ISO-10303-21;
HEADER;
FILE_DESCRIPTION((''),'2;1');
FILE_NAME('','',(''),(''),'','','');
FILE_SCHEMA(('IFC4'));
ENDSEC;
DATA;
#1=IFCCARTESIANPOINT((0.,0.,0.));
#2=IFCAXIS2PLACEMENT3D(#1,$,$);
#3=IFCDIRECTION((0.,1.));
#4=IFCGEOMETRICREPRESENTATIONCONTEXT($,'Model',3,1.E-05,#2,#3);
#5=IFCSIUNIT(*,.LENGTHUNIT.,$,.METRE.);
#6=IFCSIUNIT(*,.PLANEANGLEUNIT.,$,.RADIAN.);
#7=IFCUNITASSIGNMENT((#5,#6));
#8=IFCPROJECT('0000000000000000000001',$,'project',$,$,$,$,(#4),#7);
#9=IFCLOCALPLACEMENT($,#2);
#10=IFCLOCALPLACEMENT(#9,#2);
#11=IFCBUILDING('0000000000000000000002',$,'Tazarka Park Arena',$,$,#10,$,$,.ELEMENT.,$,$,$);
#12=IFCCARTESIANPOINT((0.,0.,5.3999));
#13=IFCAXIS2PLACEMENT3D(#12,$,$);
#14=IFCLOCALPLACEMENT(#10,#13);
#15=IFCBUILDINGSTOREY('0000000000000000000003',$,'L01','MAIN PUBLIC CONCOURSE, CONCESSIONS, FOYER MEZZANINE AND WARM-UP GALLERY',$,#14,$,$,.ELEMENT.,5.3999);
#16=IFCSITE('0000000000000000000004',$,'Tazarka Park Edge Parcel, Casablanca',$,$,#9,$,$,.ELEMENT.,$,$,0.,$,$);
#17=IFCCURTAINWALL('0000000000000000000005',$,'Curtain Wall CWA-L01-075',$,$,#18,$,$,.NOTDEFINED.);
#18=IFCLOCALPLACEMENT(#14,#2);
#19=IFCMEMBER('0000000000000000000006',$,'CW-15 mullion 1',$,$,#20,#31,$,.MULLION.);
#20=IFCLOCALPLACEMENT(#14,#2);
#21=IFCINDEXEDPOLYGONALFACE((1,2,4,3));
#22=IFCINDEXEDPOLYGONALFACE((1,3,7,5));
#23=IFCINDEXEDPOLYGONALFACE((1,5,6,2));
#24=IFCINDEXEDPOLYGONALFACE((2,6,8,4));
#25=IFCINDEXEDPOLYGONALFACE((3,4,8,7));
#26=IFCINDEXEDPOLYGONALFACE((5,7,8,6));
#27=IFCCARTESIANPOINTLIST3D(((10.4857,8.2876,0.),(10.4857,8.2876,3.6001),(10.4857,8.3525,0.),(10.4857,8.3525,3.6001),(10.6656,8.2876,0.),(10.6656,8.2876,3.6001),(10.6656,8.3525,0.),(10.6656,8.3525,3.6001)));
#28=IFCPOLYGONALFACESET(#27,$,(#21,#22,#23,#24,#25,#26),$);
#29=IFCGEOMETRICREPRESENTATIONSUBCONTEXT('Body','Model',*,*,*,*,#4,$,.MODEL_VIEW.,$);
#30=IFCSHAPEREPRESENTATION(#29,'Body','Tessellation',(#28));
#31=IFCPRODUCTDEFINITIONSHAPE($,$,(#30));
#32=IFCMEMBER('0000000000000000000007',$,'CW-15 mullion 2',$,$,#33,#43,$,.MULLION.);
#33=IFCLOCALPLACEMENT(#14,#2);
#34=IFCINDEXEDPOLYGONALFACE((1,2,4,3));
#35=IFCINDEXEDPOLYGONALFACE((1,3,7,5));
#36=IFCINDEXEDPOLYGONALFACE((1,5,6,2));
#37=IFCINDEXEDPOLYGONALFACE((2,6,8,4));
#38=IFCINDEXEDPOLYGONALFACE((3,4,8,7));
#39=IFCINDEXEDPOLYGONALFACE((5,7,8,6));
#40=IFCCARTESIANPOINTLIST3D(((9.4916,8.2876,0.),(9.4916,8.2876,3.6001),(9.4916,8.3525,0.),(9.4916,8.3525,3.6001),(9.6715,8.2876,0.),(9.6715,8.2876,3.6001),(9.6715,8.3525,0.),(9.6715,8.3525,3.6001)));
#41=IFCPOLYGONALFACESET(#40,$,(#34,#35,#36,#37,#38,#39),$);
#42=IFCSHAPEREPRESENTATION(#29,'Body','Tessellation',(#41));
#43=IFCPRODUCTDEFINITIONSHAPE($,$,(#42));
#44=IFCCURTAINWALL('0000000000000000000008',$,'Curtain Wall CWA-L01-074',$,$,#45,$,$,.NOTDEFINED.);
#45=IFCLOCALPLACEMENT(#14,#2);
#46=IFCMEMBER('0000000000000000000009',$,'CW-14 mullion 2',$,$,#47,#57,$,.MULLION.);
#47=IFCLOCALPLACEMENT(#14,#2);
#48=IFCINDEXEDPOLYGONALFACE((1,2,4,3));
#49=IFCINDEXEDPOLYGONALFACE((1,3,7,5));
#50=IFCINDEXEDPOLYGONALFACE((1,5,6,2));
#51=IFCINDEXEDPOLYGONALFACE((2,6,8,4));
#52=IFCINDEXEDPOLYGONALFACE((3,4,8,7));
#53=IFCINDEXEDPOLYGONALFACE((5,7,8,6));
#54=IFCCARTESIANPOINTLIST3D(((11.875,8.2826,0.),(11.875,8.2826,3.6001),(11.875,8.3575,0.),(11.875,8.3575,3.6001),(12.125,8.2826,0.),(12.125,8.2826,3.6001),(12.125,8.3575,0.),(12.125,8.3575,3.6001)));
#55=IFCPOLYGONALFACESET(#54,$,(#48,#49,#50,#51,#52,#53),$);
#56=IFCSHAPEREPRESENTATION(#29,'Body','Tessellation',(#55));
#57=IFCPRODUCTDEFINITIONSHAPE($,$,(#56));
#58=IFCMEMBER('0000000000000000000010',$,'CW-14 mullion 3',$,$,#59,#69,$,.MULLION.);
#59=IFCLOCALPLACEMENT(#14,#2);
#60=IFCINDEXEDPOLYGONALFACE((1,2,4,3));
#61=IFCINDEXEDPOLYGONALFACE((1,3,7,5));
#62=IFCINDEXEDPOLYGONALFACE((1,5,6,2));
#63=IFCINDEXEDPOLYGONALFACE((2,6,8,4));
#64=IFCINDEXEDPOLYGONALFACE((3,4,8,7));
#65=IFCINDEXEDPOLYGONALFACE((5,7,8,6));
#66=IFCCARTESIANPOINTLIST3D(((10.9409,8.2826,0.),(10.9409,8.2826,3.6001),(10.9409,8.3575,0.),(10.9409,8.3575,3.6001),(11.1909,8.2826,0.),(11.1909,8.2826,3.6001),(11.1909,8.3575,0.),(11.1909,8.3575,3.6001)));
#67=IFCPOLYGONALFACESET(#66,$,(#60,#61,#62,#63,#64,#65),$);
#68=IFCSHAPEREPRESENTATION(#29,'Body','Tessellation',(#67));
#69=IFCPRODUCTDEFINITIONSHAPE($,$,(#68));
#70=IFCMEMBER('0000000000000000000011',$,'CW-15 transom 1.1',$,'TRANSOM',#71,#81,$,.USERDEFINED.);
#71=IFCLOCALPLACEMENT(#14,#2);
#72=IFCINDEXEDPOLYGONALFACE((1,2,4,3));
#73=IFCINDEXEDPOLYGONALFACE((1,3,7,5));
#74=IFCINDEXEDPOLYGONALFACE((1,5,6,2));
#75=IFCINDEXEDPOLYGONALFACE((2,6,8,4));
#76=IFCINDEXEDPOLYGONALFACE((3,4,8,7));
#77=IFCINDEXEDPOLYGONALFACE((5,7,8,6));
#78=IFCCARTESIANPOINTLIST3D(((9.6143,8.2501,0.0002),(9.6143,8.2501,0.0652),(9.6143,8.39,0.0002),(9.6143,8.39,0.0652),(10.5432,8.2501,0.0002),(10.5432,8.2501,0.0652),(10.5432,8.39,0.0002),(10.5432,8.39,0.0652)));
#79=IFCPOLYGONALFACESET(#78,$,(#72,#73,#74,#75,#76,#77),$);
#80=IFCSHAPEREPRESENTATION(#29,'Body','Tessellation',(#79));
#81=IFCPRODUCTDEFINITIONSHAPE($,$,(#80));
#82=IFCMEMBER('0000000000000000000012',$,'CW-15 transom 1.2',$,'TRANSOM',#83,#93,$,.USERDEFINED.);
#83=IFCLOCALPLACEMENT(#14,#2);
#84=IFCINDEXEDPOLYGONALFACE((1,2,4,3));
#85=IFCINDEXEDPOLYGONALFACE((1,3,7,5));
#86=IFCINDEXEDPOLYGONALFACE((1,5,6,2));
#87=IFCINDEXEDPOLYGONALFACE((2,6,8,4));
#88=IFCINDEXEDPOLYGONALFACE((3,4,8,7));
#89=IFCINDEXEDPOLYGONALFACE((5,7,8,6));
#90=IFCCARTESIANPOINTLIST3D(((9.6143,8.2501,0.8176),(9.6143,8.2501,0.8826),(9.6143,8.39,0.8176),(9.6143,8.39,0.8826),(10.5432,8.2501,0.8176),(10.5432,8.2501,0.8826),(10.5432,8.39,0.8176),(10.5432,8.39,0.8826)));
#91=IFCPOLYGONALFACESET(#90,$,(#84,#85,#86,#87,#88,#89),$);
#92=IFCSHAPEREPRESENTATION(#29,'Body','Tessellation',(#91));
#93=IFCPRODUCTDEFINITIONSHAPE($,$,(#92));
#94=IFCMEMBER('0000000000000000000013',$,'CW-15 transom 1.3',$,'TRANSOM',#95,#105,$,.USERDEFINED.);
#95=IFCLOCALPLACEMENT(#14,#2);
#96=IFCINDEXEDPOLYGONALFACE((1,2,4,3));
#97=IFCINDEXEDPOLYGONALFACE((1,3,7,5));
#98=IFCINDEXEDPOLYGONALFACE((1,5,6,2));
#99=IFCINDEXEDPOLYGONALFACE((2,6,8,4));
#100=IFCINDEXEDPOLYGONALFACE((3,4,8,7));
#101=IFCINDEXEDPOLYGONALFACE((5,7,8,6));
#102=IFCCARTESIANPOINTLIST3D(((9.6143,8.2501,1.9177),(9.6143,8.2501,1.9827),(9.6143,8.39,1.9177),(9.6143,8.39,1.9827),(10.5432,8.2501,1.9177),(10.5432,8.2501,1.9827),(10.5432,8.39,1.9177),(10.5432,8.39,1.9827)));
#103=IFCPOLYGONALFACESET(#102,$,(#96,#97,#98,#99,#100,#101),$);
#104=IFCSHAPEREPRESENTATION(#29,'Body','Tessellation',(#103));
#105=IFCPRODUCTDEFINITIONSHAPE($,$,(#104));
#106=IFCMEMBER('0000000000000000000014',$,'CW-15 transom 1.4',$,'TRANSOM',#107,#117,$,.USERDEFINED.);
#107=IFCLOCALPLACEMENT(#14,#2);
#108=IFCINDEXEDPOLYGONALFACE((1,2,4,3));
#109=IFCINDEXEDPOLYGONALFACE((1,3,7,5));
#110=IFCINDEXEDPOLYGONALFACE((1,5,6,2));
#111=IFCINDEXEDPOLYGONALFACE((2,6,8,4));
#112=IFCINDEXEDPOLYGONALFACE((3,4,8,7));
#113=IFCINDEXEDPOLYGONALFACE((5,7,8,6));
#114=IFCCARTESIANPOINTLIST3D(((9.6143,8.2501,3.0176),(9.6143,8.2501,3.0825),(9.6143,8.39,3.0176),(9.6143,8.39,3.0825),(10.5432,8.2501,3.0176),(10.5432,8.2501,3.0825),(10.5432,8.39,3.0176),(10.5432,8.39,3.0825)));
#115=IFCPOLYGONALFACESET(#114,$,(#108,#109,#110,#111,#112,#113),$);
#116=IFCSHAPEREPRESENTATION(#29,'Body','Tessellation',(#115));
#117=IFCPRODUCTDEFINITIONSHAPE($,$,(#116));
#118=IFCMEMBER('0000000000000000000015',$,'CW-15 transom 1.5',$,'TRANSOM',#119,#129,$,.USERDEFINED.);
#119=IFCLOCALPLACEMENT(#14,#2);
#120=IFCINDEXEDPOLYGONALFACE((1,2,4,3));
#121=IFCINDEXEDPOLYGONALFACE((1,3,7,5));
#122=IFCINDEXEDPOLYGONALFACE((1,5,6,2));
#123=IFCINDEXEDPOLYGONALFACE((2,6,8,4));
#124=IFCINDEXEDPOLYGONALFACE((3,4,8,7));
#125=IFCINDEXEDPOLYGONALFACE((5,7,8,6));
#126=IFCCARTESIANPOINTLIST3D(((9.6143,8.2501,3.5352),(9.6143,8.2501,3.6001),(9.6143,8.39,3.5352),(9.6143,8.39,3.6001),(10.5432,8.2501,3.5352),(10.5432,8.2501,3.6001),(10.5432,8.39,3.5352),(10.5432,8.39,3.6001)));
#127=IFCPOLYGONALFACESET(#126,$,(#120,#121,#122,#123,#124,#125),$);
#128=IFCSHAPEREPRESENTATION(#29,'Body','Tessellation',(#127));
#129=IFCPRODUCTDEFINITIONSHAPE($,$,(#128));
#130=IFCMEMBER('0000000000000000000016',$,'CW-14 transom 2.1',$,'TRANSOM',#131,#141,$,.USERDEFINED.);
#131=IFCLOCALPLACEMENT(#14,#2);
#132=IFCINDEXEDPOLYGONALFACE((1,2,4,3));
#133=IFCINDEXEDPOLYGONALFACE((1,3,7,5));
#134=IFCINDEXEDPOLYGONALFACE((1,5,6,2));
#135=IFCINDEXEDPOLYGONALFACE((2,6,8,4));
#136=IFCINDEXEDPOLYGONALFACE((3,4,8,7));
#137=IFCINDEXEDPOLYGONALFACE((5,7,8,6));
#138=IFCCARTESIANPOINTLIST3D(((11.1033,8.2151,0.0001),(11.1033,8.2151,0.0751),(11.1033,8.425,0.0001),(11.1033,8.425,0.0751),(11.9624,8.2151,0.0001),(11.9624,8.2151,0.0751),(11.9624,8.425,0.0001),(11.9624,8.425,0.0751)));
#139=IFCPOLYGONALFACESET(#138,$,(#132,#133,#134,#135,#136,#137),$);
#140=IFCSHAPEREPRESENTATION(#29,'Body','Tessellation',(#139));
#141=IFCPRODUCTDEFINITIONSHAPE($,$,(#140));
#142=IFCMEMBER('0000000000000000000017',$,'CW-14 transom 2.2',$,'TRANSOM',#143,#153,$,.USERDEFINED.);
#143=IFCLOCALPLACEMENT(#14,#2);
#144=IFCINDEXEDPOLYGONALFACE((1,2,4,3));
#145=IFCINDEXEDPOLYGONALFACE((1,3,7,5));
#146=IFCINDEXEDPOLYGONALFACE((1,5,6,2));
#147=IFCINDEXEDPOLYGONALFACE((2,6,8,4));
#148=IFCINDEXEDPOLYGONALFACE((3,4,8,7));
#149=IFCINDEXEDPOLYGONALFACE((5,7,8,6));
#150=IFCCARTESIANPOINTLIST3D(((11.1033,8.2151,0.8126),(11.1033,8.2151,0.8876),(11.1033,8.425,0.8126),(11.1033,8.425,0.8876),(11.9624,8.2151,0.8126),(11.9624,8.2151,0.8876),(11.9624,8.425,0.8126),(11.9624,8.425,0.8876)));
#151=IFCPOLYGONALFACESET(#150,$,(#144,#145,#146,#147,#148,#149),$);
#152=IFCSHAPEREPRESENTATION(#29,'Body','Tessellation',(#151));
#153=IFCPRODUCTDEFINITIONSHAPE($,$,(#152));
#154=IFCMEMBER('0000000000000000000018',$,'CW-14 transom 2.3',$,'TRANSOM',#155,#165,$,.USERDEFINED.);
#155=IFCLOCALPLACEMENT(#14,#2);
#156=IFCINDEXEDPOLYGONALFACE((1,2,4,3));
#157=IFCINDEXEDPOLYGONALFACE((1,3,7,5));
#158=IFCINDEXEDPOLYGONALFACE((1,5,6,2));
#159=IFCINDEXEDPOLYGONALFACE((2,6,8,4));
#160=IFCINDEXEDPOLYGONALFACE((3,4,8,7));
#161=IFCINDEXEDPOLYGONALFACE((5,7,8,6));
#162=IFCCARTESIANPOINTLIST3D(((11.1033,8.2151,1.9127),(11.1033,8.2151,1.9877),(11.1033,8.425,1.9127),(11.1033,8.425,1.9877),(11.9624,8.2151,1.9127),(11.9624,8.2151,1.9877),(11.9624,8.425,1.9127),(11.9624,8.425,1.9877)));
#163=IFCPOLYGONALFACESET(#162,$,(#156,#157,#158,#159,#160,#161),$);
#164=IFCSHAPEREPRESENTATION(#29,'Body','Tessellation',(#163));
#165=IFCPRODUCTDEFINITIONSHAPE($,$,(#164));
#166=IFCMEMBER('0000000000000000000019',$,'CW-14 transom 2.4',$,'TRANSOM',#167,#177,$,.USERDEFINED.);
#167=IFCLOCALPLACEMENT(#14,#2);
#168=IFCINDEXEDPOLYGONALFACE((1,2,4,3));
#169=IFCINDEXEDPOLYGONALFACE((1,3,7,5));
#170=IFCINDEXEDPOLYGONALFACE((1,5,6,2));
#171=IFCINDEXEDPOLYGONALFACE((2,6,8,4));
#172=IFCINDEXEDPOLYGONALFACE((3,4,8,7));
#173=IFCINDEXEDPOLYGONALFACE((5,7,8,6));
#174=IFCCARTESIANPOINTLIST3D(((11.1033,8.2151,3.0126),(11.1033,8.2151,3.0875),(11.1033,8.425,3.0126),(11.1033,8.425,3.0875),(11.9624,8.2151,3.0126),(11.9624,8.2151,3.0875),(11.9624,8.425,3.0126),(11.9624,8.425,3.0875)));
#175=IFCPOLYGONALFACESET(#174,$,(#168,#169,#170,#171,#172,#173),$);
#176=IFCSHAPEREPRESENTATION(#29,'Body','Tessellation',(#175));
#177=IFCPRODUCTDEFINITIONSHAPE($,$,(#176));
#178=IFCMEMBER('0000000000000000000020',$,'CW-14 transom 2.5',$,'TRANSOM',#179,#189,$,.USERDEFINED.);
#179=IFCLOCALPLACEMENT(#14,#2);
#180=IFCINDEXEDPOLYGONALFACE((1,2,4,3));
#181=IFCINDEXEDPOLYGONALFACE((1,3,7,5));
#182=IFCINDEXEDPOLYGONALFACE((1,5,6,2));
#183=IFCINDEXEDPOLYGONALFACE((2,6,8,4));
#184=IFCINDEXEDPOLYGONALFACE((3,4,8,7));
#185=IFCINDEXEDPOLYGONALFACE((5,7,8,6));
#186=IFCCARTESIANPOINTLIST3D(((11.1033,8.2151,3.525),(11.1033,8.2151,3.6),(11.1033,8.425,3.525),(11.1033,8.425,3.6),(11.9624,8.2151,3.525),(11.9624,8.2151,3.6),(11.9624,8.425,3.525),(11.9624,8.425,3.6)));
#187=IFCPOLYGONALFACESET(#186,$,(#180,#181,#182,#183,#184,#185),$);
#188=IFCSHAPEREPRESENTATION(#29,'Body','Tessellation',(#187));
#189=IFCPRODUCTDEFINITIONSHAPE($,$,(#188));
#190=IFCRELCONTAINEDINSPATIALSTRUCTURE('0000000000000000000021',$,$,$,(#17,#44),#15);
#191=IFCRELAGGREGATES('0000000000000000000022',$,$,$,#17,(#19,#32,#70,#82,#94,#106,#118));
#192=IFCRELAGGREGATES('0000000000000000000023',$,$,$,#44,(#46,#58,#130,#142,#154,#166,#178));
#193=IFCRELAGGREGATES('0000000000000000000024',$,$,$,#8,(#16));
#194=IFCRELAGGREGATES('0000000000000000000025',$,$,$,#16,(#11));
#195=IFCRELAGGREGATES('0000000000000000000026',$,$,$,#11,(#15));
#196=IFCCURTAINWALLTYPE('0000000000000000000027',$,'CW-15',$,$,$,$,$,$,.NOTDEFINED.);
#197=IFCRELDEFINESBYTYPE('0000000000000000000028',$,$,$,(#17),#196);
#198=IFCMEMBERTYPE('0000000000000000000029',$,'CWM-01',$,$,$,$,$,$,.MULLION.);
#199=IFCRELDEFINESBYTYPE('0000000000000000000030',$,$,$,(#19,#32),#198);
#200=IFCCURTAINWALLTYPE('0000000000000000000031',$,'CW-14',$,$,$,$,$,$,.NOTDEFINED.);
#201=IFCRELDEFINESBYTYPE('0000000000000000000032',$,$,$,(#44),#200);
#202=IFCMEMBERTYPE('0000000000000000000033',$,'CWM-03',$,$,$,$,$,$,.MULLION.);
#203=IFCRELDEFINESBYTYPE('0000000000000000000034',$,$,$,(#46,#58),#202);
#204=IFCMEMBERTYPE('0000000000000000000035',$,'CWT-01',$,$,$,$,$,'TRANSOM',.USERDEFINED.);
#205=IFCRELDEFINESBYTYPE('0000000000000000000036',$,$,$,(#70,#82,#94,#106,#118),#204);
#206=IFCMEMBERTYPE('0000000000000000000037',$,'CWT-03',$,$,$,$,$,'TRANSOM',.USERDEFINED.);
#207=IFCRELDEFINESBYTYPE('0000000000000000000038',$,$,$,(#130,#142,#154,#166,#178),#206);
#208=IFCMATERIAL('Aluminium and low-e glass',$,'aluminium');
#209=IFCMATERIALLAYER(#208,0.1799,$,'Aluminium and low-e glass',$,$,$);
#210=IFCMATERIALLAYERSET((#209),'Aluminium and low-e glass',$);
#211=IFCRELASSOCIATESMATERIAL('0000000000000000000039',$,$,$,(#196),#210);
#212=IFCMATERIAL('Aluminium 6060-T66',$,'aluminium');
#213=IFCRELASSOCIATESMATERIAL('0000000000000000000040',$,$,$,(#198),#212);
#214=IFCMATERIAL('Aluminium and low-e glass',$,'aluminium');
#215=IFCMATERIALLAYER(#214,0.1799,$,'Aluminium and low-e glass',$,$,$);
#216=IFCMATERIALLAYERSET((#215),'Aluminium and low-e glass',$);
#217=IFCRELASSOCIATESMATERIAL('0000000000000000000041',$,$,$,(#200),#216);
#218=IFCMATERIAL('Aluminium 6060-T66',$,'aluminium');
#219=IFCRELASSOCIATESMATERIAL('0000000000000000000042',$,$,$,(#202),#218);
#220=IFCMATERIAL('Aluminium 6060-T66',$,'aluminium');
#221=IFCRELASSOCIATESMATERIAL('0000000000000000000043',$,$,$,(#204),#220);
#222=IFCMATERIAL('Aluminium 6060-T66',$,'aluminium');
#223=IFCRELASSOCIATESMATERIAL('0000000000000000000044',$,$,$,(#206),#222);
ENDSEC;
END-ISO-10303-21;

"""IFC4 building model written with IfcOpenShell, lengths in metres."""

from ifc_helpers import new_model, si_unit, direction, frame, origin, origin_2d, place, context, subcontext, project, spatial, rectangle, extrude, material, layer, layer_set, material_profile, profile_set, type_object, element, aggregate, save


model = new_model("IFC4")

# Units and contexts
model_context = context("Model", 3, precision=1e-05, world=origin(), true_north=direction((0.0, 1.0)))
body_context = subcontext(model_context, "Body", "Model", "MODEL_VIEW")
ifc_project = project(units=[si_unit("LENGTHUNIT", "METRE"), si_unit("PLANEANGLEUNIT", "RADIAN")], contexts=[model_context])

# Site, building, storey
site_placement = place(None, origin())
site = spatial("IfcSite", under=ifc_project, at=site_placement, Name="Tazarka Park Edge Parcel, Casablanca", CompositionType="ELEMENT", RefElevation=0.0)
building_placement = place(site_placement, origin())
building = spatial("IfcBuilding", under=site, at=building_placement, Name="Tazarka Park Arena", CompositionType="ELEMENT")
storey_placement = place(building_placement, frame((0.0, 0.0, 5.3999)))
storey = spatial("IfcBuildingStorey", under=building, at=storey_placement, Name="L01", Description="MAIN PUBLIC CONCOURSE, CONCESSIONS, FOYER MEZZANINE AND WARM-UP GALLERY", CompositionType="ELEMENT", Elevation=5.3999)

# Curtain walls, members
ifc_material_1 = material(Name="Aluminium and low-e glass", Category="aluminium")
ifc_layer_1 = layer(ifc_material_1, 0.1799, Name="Aluminium and low-e glass")
ifc_layer_set_1 = layer_set([ifc_layer_1], Name="Aluminium and low-e glass")
curtain_wall_type_1 = type_object("IfcCurtainWallType", Name="CW-15", PredefinedType="NOTDEFINED", material=ifc_layer_set_1)
curtain_wall_1_placement = place(storey_placement, origin())
curtain_wall_1 = element("IfcCurtainWall", 1, at=curtain_wall_1_placement, inside=storey, type_object=curtain_wall_type_1, Name="Curtain Wall CWA-L01-075", PredefinedType="NOTDEFINED")
ifc_material_2 = material(Name="Aluminium 6060-T66", Category="aluminium")
ifc_material_profile_1 = material_profile(ifc_material_2, rectangle(XDim=0.0649, YDim=0.1799, at=origin_2d()), Name="Aluminium 6060-T66")
ifc_profile_set_1 = profile_set([ifc_material_profile_1], Name="Aluminium 6060-T66")
member_type_1 = type_object("IfcMemberType", Name="CWM-01", PredefinedType="MULLION", material=ifc_profile_set_1)
member_1_placement = place(storey_placement, frame((10.5757, 8.3201, 0.0), z_axis=(0.0, 0.0, 1.0), x_axis=(0.0, -1.0, 0.0)))
member_1 = element("IfcMember", 2, at=member_1_placement, type_object=member_type_1, Name="CW-15 mullion 1", PredefinedType="MULLION", context=body_context, shape_type="SweptSolid", body=[
    extrude(rectangle(XDim=0.0649, YDim=0.1799, at=origin_2d()), origin(), (0.0, 0.0, 1.0), 3.6001),
])
member_2_placement = place(storey_placement, frame((9.5815, 8.3201, 0.0), z_axis=(0.0, 0.0, 1.0), x_axis=(0.0, -1.0, 0.0)))
member_2 = element("IfcMember", 3, at=member_2_placement, type_object=member_type_1, Name="CW-15 mullion 2", PredefinedType="MULLION", context=body_context, shape_type="SweptSolid", body=[
    extrude(rectangle(XDim=0.0649, YDim=0.1799, at=origin_2d()), origin(), (0.0, 0.0, 1.0), 3.6001),
])
ifc_material_3 = material(Name="Aluminium and low-e glass", Category="aluminium")
ifc_layer_2 = layer(ifc_material_3, 0.1799, Name="Aluminium and low-e glass")
ifc_layer_set_2 = layer_set([ifc_layer_2], Name="Aluminium and low-e glass")
curtain_wall_type_2 = type_object("IfcCurtainWallType", Name="CW-14", PredefinedType="NOTDEFINED", material=ifc_layer_set_2)
curtain_wall_2_placement = place(storey_placement, origin())
curtain_wall_2 = element("IfcCurtainWall", 4, at=curtain_wall_2_placement, inside=storey, type_object=curtain_wall_type_2, Name="Curtain Wall CWA-L01-074", PredefinedType="NOTDEFINED")
ifc_material_4 = material(Name="Aluminium 6060-T66", Category="aluminium")
ifc_material_profile_2 = material_profile(ifc_material_4, rectangle(XDim=0.075, YDim=0.25, at=origin_2d()), Name="Aluminium 6060-T66")
ifc_profile_set_2 = profile_set([ifc_material_profile_2], Name="Aluminium 6060-T66")
member_type_2 = type_object("IfcMemberType", Name="CWM-03", PredefinedType="MULLION", material=ifc_profile_set_2)
member_3_placement = place(storey_placement, frame((12.0, 8.3201, 0.0), z_axis=(0.0, 0.0, 1.0), x_axis=(0.0, -1.0, 0.0)))
member_3 = element("IfcMember", 5, at=member_3_placement, type_object=member_type_2, Name="CW-14 mullion 2", PredefinedType="MULLION", context=body_context, shape_type="SweptSolid", body=[
    extrude(rectangle(XDim=0.075, YDim=0.25, at=origin_2d()), origin(), (0.0, 0.0, 1.0), 3.6001),
])
member_4_placement = place(storey_placement, frame((11.0659, 8.3201, 0.0), z_axis=(0.0, 0.0, 1.0), x_axis=(0.0, -1.0, 0.0)))
member_4 = element("IfcMember", 6, at=member_4_placement, type_object=member_type_2, Name="CW-14 mullion 3", PredefinedType="MULLION", context=body_context, shape_type="SweptSolid", body=[
    extrude(rectangle(XDim=0.075, YDim=0.25, at=origin_2d()), origin(), (0.0, 0.0, 1.0), 3.6001),
])

# Members
ifc_material_5 = material(Name="Aluminium 6060-T66", Category="aluminium")
ifc_material_profile_3 = material_profile(ifc_material_5, rectangle(XDim=0.1399, YDim=0.0649, at=origin_2d()), Name="Aluminium 6060-T66")
ifc_profile_set_3 = profile_set([ifc_material_profile_3], Name="Aluminium 6060-T66")
member_type_3 = type_object("IfcMemberType", Name="CWT-01", ElementType="TRANSOM", PredefinedType="USERDEFINED", material=ifc_profile_set_3)
member_5_placement = place(storey_placement, frame((10.5432, 8.3201, 0.0327), z_axis=(-1.0, 0.0, 0.0), x_axis=(0.0, -1.0, 0.0)))
member_5 = element("IfcMember", 7, at=member_5_placement, type_object=member_type_3, Name="CW-15 transom 1.1", ObjectType="TRANSOM", PredefinedType="USERDEFINED", context=body_context, shape_type="SweptSolid", body=[
    extrude(rectangle(XDim=0.1399, YDim=0.0649, at=origin_2d()), origin(), (0.0, 0.0, 1.0), 0.929),
])
member_6_placement = place(storey_placement, frame((10.5432, 8.3201, 0.8501), z_axis=(-1.0, 0.0, 0.0), x_axis=(0.0, -1.0, 0.0)))
member_6 = element("IfcMember", 8, at=member_6_placement, type_object=member_type_3, Name="CW-15 transom 1.2", ObjectType="TRANSOM", PredefinedType="USERDEFINED", context=body_context, shape_type="SweptSolid", body=[
    extrude(rectangle(XDim=0.1399, YDim=0.0649, at=origin_2d()), origin(), (0.0, 0.0, 1.0), 0.929),
])
member_7_placement = place(storey_placement, frame((10.5432, 8.3201, 1.9502), z_axis=(-1.0, 0.0, 0.0), x_axis=(0.0, -1.0, 0.0)))
member_7 = element("IfcMember", 9, at=member_7_placement, type_object=member_type_3, Name="CW-15 transom 1.3", ObjectType="TRANSOM", PredefinedType="USERDEFINED", context=body_context, shape_type="SweptSolid", body=[
    extrude(rectangle(XDim=0.1399, YDim=0.0649, at=origin_2d()), origin(), (0.0, 0.0, 1.0), 0.929),
])
member_8_placement = place(storey_placement, frame((10.5432, 8.3201, 3.05), z_axis=(-1.0, 0.0, 0.0), x_axis=(0.0, -1.0, 0.0)))
member_8 = element("IfcMember", 10, at=member_8_placement, type_object=member_type_3, Name="CW-15 transom 1.4", ObjectType="TRANSOM", PredefinedType="USERDEFINED", context=body_context, shape_type="SweptSolid", body=[
    extrude(rectangle(XDim=0.1399, YDim=0.0649, at=origin_2d()), origin(), (0.0, 0.0, 1.0), 0.929),
])
member_9_placement = place(storey_placement, frame((10.5432, 8.3201, 3.5676), z_axis=(-1.0, 0.0, 0.0), x_axis=(0.0, -1.0, 0.0)))
member_9 = element("IfcMember", 11, at=member_9_placement, type_object=member_type_3, Name="CW-15 transom 1.5", ObjectType="TRANSOM", PredefinedType="USERDEFINED", context=body_context, shape_type="SweptSolid", body=[
    extrude(rectangle(XDim=0.1399, YDim=0.0649, at=origin_2d()), origin(), (0.0, 0.0, 1.0), 0.929),
])
ifc_material_6 = material(Name="Aluminium 6060-T66", Category="aluminium")
ifc_material_profile_4 = material_profile(ifc_material_6, rectangle(XDim=0.21, YDim=0.075, at=origin_2d()), Name="Aluminium 6060-T66")
ifc_profile_set_4 = profile_set([ifc_material_profile_4], Name="Aluminium 6060-T66")
member_type_4 = type_object("IfcMemberType", Name="CWT-03", ElementType="TRANSOM", PredefinedType="USERDEFINED", material=ifc_profile_set_4)
member_10_placement = place(storey_placement, frame((11.9624, 8.3201, 0.0376), z_axis=(-1.0, 0.0, 0.0), x_axis=(0.0, -1.0, 0.0)))
member_10 = element("IfcMember", 12, at=member_10_placement, type_object=member_type_4, Name="CW-14 transom 2.1", ObjectType="TRANSOM", PredefinedType="USERDEFINED", context=body_context, shape_type="SweptSolid", body=[
    extrude(rectangle(XDim=0.21, YDim=0.075, at=origin_2d()), origin(), (0.0, 0.0, 1.0), 0.8591),
])
member_11_placement = place(storey_placement, frame((11.9624, 8.3201, 0.8501), z_axis=(-1.0, 0.0, 0.0), x_axis=(0.0, -1.0, 0.0)))
member_11 = element("IfcMember", 13, at=member_11_placement, type_object=member_type_4, Name="CW-14 transom 2.2", ObjectType="TRANSOM", PredefinedType="USERDEFINED", context=body_context, shape_type="SweptSolid", body=[
    extrude(rectangle(XDim=0.21, YDim=0.075, at=origin_2d()), origin(), (0.0, 0.0, 1.0), 0.8591),
])
member_12_placement = place(storey_placement, frame((11.9624, 8.3201, 1.9502), z_axis=(-1.0, 0.0, 0.0), x_axis=(0.0, -1.0, 0.0)))
member_12 = element("IfcMember", 14, at=member_12_placement, type_object=member_type_4, Name="CW-14 transom 2.3", ObjectType="TRANSOM", PredefinedType="USERDEFINED", context=body_context, shape_type="SweptSolid", body=[
    extrude(rectangle(XDim=0.21, YDim=0.075, at=origin_2d()), origin(), (0.0, 0.0, 1.0), 0.8591),
])
member_13_placement = place(storey_placement, frame((11.9624, 8.3201, 3.05), z_axis=(-1.0, 0.0, 0.0), x_axis=(0.0, -1.0, 0.0)))
member_13 = element("IfcMember", 15, at=member_13_placement, type_object=member_type_4, Name="CW-14 transom 2.4", ObjectType="TRANSOM", PredefinedType="USERDEFINED", context=body_context, shape_type="SweptSolid", body=[
    extrude(rectangle(XDim=0.21, YDim=0.075, at=origin_2d()), origin(), (0.0, 0.0, 1.0), 0.8591),
])
member_14_placement = place(storey_placement, frame((11.9624, 8.3201, 3.5625), z_axis=(-1.0, 0.0, 0.0), x_axis=(0.0, -1.0, 0.0)))
member_14 = element("IfcMember", 16, at=member_14_placement, type_object=member_type_4, Name="CW-14 transom 2.5", ObjectType="TRANSOM", PredefinedType="USERDEFINED", context=body_context, shape_type="SweptSolid", body=[
    extrude(rectangle(XDim=0.21, YDim=0.075, at=origin_2d()), origin(), (0.0, 0.0, 1.0), 0.8591),
])

aggregate(curtain_wall_1, [member_1, member_2, member_5, member_6, member_7, member_8, member_9])
aggregate(curtain_wall_2, [member_3, member_4, member_10, member_11, member_12, member_13, member_14])

save(model, "model.ifc")
